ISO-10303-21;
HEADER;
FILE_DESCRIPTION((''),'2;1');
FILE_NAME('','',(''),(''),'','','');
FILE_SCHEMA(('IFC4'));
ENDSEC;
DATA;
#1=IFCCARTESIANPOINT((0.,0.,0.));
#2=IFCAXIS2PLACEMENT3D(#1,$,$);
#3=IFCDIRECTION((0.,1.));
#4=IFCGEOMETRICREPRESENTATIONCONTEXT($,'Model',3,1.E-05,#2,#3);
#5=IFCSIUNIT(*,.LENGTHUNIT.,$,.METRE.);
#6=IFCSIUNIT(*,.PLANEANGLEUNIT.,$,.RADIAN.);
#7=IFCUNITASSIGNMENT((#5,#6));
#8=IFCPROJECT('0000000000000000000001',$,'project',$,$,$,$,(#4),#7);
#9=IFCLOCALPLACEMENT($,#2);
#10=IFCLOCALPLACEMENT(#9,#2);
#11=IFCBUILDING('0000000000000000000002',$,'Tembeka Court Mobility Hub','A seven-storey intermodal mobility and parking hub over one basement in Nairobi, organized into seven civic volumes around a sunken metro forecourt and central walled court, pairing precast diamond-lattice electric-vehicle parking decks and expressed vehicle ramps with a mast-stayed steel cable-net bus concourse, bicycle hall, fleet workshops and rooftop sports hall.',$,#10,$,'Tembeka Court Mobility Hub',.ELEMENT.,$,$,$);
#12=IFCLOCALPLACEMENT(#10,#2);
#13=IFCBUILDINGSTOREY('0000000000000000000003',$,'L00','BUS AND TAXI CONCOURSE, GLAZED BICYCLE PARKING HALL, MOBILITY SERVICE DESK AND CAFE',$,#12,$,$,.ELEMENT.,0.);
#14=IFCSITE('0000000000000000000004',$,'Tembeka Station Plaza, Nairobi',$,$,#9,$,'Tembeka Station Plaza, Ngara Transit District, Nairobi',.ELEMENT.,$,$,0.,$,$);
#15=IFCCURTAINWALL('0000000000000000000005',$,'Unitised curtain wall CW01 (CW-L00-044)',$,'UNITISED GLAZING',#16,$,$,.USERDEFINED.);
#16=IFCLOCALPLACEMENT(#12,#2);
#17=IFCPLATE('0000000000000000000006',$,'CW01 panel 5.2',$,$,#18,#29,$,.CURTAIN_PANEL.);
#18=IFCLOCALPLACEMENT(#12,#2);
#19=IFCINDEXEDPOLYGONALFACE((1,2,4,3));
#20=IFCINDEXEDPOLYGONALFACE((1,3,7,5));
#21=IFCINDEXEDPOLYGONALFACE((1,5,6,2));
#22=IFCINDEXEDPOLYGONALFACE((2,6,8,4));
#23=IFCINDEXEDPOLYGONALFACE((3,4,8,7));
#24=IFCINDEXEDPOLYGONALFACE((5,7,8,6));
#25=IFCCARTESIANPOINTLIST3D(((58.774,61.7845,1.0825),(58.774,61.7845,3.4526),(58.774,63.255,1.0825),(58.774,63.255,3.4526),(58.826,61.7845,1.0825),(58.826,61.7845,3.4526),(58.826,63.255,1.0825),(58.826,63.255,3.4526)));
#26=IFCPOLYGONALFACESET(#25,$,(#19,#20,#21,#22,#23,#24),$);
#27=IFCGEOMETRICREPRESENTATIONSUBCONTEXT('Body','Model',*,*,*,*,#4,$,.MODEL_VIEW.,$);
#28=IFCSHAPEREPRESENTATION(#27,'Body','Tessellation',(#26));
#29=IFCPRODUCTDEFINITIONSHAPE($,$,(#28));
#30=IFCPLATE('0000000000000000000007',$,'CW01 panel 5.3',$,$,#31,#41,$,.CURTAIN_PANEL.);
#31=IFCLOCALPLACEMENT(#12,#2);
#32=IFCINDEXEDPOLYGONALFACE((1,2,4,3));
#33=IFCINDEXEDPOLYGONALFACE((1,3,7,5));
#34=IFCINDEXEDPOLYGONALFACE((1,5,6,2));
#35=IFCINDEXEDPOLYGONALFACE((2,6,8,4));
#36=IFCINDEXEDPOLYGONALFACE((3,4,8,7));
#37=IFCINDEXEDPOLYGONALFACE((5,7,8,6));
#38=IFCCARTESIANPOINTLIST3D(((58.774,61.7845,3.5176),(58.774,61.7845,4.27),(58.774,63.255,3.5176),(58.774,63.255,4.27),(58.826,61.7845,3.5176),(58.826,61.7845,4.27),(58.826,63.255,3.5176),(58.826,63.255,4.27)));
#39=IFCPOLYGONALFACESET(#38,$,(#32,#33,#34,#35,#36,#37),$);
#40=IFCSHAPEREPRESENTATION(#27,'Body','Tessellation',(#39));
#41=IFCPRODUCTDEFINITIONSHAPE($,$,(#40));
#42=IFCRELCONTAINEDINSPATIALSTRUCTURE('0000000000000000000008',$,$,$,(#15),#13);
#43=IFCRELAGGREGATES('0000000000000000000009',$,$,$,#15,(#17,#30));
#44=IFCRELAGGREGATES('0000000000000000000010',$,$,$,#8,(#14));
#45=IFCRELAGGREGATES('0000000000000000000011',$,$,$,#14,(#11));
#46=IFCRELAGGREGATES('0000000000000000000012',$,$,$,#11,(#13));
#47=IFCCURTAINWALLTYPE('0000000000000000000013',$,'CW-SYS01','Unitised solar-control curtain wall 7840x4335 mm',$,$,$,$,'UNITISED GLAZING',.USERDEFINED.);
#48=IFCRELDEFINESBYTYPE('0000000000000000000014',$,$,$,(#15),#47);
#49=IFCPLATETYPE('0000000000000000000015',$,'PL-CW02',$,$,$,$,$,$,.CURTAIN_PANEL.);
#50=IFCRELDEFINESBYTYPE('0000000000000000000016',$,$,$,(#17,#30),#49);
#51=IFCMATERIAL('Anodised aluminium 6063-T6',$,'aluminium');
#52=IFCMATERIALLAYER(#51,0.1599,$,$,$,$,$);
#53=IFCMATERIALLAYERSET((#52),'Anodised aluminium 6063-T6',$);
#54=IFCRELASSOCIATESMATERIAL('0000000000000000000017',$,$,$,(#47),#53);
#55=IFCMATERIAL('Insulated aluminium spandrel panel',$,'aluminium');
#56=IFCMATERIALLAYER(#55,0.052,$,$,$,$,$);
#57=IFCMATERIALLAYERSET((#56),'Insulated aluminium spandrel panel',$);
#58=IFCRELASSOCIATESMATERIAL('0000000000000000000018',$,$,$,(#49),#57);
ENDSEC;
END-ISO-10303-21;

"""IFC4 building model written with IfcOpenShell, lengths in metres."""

from ifc_helpers import new_model, si_unit, direction, frame, origin, origin_2d, place, context, subcontext, project, spatial, rectangle, extrude, material, layer, layer_set, type_object, element, aggregate, save


model = new_model("IFC4")

# Units and contexts
model_context = context("Model", 3, precision=1e-05, world=origin(), true_north=direction((0.0, 1.0)))
body_context = subcontext(model_context, "Body", "Model", "MODEL_VIEW")
ifc_project = project(units=[si_unit("LENGTHUNIT", "METRE"), si_unit("PLANEANGLEUNIT", "RADIAN")], contexts=[model_context])

# Site, building, storey
site_placement = place(None, origin())
site = spatial("IfcSite", under=ifc_project, at=site_placement, Name="Tembeka Station Plaza, Nairobi", LongName="Tembeka Station Plaza, Ngara Transit District, Nairobi", CompositionType="ELEMENT", RefElevation=0.0)
building_placement = place(site_placement, origin())
building = spatial("IfcBuilding", under=site, at=building_placement, Name="Tembeka Court Mobility Hub", Description="A seven-storey intermodal mobility and parking hub over one basement in Nairobi, organized into seven civic volumes around a sunken metro forecourt and central walled court, pairing precast diamond-lattice electric-vehicle parking decks and expressed vehicle ramps with a mast-stayed steel cable-net bus concourse, bicycle hall, fleet workshops and rooftop sports hall.", LongName="Tembeka Court Mobility Hub", CompositionType="ELEMENT")
storey_placement = place(building_placement, origin())
storey = spatial("IfcBuildingStorey", under=building, at=storey_placement, Name="L00", Description="BUS AND TAXI CONCOURSE, GLAZED BICYCLE PARKING HALL, MOBILITY SERVICE DESK AND CAFE", CompositionType="ELEMENT", Elevation=0.0)

# Curtain wall, plates
ifc_material_1 = material(Name="Anodised aluminium 6063-T6", Category="aluminium")
ifc_layer_1 = layer(ifc_material_1, 0.1599)
ifc_layer_set_1 = layer_set([ifc_layer_1], Name="Anodised aluminium 6063-T6")
curtain_wall_type = type_object("IfcCurtainWallType", Name="CW-SYS01", Description="Unitised solar-control curtain wall 7840x4335 mm", ElementType="UNITISED GLAZING", PredefinedType="USERDEFINED", material=ifc_layer_set_1)
curtain_wall_placement = place(storey_placement, origin())
curtain_wall = element("IfcCurtainWall", 1, at=curtain_wall_placement, inside=storey, type_object=curtain_wall_type, Name="Unitised curtain wall CW01 (CW-L00-044)", ObjectType="UNITISED GLAZING", PredefinedType="USERDEFINED")
ifc_material_2 = material(Name="Insulated aluminium spandrel panel", Category="aluminium")
ifc_layer_2 = layer(ifc_material_2, 0.052)
ifc_layer_set_2 = layer_set([ifc_layer_2], Name="Insulated aluminium spandrel panel")
plate_type = type_object("IfcPlateType", Name="PL-CW02", PredefinedType="CURTAIN_PANEL", material=ifc_layer_set_2)
plate_1_placement = place(storey_placement, frame((58.8, 62.5198, 1.0825), z_axis=(0.0, 0.0, 1.0), x_axis=(0.0, 1.0, 0.0)))
plate_1 = element("IfcPlate", 2, at=plate_1_placement, type_object=plate_type, Name="CW01 panel 5.2", PredefinedType="CURTAIN_PANEL", context=body_context, shape_type="SweptSolid", body=[
    extrude(rectangle(XDim=1.4705, YDim=0.052, at=origin_2d()), origin(), (0.0, 0.0, 1.0), 2.3701),
])
plate_2_placement = place(storey_placement, frame((58.8, 62.5198, 3.5176), z_axis=(0.0, 0.0, 1.0), x_axis=(0.0, 1.0, 0.0)))
plate_2 = element("IfcPlate", 3, at=plate_2_placement, type_object=plate_type, Name="CW01 panel 5.3", PredefinedType="CURTAIN_PANEL", context=body_context, shape_type="SweptSolid", body=[
    extrude(rectangle(XDim=1.4705, YDim=0.052, at=origin_2d()), origin(), (0.0, 0.0, 1.0), 0.7524),
])
aggregate(curtain_wall, [plate_1, plate_2])

save(model, "model.ifc")
